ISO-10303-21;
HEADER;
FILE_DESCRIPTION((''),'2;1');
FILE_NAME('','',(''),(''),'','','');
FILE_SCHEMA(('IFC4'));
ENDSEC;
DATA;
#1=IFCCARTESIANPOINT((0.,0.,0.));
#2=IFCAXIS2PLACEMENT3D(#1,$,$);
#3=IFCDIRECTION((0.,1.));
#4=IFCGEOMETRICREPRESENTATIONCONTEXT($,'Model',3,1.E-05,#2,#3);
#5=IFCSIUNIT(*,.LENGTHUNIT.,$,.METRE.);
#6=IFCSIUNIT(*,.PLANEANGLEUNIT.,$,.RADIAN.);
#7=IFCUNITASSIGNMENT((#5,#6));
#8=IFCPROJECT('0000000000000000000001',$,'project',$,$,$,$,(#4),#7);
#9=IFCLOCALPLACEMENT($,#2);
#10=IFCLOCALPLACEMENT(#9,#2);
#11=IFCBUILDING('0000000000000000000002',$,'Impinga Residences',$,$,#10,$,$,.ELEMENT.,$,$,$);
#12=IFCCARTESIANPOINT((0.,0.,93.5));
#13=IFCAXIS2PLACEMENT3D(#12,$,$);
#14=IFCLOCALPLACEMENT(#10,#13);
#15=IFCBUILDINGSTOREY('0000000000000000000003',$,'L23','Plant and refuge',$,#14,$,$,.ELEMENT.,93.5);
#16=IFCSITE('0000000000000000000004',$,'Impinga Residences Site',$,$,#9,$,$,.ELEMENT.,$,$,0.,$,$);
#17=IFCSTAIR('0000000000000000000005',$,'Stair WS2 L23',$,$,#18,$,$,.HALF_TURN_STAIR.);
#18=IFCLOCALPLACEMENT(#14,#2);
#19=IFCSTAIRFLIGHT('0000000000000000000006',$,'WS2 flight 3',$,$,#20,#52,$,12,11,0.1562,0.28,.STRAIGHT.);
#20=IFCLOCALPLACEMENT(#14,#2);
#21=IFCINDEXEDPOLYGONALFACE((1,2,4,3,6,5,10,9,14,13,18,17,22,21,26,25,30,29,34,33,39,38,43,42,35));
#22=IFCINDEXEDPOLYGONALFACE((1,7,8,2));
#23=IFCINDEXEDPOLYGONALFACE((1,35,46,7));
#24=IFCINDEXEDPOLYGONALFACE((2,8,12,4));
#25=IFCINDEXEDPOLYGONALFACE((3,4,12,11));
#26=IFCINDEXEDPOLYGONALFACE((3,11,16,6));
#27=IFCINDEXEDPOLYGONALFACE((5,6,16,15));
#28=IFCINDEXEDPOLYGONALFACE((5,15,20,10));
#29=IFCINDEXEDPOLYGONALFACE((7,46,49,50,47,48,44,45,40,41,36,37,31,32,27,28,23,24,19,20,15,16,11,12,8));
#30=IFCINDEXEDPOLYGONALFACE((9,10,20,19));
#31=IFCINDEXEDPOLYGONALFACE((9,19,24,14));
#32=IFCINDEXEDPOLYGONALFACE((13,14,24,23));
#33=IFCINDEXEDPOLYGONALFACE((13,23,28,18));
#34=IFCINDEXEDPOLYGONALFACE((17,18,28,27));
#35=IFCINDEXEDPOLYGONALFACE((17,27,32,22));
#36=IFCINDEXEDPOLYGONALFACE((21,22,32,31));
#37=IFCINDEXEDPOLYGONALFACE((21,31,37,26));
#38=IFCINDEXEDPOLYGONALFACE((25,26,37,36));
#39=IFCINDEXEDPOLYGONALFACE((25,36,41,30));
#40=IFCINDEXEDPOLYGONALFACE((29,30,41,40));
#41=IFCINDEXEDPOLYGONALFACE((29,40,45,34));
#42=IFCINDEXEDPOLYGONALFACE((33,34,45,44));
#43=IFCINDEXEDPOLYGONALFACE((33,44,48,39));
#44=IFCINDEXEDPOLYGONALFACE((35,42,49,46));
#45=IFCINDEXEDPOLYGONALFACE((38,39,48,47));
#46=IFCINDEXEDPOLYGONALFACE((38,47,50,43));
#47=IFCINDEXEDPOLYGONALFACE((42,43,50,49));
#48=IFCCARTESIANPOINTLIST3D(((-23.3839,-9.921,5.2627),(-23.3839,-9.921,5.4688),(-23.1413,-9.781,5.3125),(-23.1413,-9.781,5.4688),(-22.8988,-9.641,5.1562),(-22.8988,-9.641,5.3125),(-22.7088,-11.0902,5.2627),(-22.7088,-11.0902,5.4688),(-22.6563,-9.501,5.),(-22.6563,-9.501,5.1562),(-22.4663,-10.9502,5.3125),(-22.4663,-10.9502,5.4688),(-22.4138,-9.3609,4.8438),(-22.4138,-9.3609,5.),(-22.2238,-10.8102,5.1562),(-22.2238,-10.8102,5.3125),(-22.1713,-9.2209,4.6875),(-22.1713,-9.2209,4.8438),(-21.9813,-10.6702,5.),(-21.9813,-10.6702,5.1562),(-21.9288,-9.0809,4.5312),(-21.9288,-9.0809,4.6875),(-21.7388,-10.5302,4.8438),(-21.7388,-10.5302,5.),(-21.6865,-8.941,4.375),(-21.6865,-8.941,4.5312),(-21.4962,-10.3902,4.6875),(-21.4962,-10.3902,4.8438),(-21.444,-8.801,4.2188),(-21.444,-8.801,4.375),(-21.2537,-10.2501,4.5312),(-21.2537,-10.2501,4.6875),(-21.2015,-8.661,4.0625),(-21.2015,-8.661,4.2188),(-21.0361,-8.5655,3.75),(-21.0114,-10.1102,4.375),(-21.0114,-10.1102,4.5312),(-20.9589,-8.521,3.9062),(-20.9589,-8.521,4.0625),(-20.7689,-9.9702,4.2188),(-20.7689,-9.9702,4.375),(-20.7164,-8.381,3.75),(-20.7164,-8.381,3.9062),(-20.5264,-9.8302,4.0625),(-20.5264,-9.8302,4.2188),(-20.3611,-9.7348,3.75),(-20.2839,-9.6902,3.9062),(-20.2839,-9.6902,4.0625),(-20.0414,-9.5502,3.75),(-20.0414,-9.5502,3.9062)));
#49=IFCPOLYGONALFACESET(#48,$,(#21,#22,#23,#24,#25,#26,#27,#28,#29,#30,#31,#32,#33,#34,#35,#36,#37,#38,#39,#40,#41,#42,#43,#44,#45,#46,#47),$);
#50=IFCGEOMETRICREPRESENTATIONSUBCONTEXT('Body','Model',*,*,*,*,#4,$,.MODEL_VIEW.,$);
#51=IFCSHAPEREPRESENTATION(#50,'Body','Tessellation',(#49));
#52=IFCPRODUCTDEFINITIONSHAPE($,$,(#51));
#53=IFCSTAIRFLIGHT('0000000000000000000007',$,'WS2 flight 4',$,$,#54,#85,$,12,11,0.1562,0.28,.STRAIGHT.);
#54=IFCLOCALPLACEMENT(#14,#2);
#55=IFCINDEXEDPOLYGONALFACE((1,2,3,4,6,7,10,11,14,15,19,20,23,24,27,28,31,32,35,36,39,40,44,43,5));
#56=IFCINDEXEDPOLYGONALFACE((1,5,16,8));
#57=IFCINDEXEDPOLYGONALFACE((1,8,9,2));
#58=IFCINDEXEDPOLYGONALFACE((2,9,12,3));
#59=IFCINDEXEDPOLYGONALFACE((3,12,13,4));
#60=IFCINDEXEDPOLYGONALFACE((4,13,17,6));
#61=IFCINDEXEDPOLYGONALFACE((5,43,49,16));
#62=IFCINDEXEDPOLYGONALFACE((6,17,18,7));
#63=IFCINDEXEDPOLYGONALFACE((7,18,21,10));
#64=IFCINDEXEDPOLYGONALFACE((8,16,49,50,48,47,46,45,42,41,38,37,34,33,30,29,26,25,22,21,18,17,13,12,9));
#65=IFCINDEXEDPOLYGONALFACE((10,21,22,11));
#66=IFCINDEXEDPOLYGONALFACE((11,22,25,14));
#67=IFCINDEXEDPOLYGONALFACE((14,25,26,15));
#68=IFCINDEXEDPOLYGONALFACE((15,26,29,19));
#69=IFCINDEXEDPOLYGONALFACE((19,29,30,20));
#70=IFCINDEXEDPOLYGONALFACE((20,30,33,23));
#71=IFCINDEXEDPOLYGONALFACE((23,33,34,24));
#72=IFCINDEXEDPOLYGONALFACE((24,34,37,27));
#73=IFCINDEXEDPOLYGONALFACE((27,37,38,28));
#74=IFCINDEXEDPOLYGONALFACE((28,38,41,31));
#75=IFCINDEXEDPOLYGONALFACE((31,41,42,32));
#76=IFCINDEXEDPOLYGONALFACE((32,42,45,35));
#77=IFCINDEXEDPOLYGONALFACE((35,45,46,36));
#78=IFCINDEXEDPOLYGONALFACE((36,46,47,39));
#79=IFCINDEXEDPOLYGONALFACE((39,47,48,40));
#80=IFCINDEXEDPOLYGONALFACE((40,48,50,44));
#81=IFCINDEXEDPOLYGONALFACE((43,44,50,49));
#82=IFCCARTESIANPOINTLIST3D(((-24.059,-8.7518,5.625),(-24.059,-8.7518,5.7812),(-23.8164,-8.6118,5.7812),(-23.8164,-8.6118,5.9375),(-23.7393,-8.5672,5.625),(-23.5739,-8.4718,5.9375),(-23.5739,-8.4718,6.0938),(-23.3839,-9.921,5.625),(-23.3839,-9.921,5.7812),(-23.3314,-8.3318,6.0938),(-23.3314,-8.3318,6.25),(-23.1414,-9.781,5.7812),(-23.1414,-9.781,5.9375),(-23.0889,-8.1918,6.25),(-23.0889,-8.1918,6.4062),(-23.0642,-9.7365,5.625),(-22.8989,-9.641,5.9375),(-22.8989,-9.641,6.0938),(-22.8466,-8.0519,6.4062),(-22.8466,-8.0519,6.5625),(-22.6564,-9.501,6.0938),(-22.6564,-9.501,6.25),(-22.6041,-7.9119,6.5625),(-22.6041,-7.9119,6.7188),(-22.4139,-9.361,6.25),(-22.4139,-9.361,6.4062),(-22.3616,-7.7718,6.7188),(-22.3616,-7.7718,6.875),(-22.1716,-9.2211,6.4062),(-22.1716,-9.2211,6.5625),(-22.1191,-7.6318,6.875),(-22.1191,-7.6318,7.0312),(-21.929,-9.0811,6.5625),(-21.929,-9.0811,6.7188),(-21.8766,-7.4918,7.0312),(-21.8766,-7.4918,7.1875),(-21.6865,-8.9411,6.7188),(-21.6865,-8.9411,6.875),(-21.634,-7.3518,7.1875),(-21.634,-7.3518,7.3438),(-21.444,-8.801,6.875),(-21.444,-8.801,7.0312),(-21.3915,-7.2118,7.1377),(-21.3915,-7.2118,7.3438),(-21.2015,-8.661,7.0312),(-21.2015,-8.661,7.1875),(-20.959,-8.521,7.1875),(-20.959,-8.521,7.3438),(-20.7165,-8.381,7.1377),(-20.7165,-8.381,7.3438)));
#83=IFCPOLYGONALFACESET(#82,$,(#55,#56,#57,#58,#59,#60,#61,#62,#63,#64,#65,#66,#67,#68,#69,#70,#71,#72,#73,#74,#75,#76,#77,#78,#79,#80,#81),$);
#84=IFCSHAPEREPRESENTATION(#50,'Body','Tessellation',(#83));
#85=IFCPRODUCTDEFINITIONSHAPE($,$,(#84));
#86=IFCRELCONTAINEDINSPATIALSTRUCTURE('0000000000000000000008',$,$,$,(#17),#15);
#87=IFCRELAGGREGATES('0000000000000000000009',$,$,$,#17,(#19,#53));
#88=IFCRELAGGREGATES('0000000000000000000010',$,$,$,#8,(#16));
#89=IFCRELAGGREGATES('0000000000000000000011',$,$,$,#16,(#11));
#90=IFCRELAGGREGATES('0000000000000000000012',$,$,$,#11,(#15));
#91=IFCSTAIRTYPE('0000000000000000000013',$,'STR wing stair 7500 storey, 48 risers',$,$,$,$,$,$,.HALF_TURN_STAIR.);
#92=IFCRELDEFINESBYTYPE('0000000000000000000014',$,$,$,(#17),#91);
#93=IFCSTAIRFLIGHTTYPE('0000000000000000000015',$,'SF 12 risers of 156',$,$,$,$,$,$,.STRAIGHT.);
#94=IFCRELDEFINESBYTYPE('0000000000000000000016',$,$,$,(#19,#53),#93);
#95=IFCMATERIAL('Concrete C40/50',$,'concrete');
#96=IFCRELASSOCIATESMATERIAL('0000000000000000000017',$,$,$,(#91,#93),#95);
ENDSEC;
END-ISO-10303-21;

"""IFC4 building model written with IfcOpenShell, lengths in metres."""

from ifc_helpers import new_model, si_unit, direction, frame, origin, place, context, subcontext, project, spatial, polyline, outline, extrude, material, type_object, element, aggregate, save


model = new_model("IFC4")

# Units and contexts
model_context = context("Model", 3, precision=1e-05, world=origin(), true_north=direction((0.0, 1.0)))
body_context = subcontext(model_context, "Body", "Model", "MODEL_VIEW")
ifc_project = project(units=[si_unit("LENGTHUNIT", "METRE"), si_unit("PLANEANGLEUNIT", "RADIAN")], contexts=[model_context])

# Site, building, storey
site_placement = place(None, origin())
site = spatial("IfcSite", under=ifc_project, at=site_placement, Name="Impinga Residences Site", CompositionType="ELEMENT", RefElevation=0.0)
building_placement = place(site_placement, origin())
building = spatial("IfcBuilding", under=site, at=building_placement, Name="Impinga Residences", CompositionType="ELEMENT")
storey_placement = place(building_placement, frame((0.0, 0.0, 93.5)))
storey = spatial("IfcBuildingStorey", under=building, at=storey_placement, Name="L23", Description="Plant and refuge", CompositionType="ELEMENT", Elevation=93.5)

# Stair, stair flights
ifc_material_1 = material(Name="Concrete C40/50", Category="concrete")
stair_type = type_object("IfcStairType", Name="STR wing stair 7500 storey, 48 risers", PredefinedType="HALF_TURN_STAIR", material=ifc_material_1)
stair_placement = place(storey_placement, origin())
stair = element("IfcStair", 1, at=stair_placement, inside=storey, type_object=stair_type, Name="Stair WS2 L23", PredefinedType="HALF_TURN_STAIR")
stair_flight_type = type_object("IfcStairFlightType", Name="SF 12 risers of 156", PredefinedType="STRAIGHT", material=ifc_material_1)
stair_flight_1_placement = place(storey_placement, frame((-20.3789, -8.9656, 3.75), z_axis=(0.0, 0.0, 1.0), x_axis=(-0.866025, -0.5, 0.0)))
stair_flight_1 = element("IfcStairFlight", 2, at=stair_flight_1_placement, type_object=stair_flight_type, Name="WS2 flight 3", NumberOfRisers=12, NumberOfTreads=11, PredefinedType="STRAIGHT", RiserHeight=0.1562, TreadLength=0.28, context=body_context, shape_type="SweptSolid", body=[
    extrude(outline(polyline([(0.0, 0.0), (0.0, 0.1562), (0.28, 0.1562), (0.28, 0.3125), (0.5601, 0.3125), (0.5601, 0.4688), (0.8401, 0.4688), (0.8401, 0.625), (1.1201, 0.625), (1.1201, 0.7812), (1.3999, 0.7812), (1.3999, 0.9375), (1.6799, 0.9375), (1.6799, 1.0938), (1.96, 1.0938), (1.96, 1.25), (2.24, 1.25), (2.24, 1.4062), (2.52, 1.4062), (2.52, 1.5625), (2.8, 1.5625), (2.8, 1.7188), (3.0801, 1.7188), (3.0801, 1.875), (3.0801, 1.5127), (0.3691, 0.0), (0.0, 0.0)])), frame((0.0, 0.675, 0.0), z_axis=(0.0, -1.0, 0.0), x_axis=(1.0, 0.0, 0.0)), (0.0, 0.0, 1.0), 1.3501),
])
stair_flight_2_placement = place(storey_placement, frame((-23.7214, -9.3364, 5.625), z_axis=(0.0, 0.0, 1.0), x_axis=(0.866025, 0.5, 0.0)))
stair_flight_2 = element("IfcStairFlight", 3, at=stair_flight_2_placement, type_object=stair_flight_type, Name="WS2 flight 4", NumberOfRisers=12, NumberOfTreads=11, PredefinedType="STRAIGHT", RiserHeight=0.1562, TreadLength=0.28, context=body_context, shape_type="SweptSolid", body=[
    extrude(outline(polyline([(0.0, 0.0), (0.0, 0.1562), (0.28, 0.1562), (0.28, 0.3125), (0.5601, 0.3125), (0.5601, 0.4688), (0.8401, 0.4688), (0.8401, 0.625), (1.1201, 0.625), (1.1201, 0.7812), (1.3999, 0.7812), (1.3999, 0.9375), (1.6799, 0.9375), (1.6799, 1.0938), (1.96, 1.0938), (1.96, 1.25), (2.24, 1.25), (2.24, 1.4062), (2.52, 1.4062), (2.52, 1.5625), (2.8, 1.5625), (2.8, 1.7188), (3.0801, 1.7188), (3.0801, 1.875), (3.0801, 1.5127), (0.3691, 0.0), (0.0, 0.0)])), frame((0.0, 0.675, 0.0), z_axis=(0.0, -1.0, 0.0), x_axis=(1.0, 0.0, 0.0)), (0.0, 0.0, 1.0), 1.3501),
])
aggregate(stair, [stair_flight_1, stair_flight_2])

save(model, "model.ifc")
